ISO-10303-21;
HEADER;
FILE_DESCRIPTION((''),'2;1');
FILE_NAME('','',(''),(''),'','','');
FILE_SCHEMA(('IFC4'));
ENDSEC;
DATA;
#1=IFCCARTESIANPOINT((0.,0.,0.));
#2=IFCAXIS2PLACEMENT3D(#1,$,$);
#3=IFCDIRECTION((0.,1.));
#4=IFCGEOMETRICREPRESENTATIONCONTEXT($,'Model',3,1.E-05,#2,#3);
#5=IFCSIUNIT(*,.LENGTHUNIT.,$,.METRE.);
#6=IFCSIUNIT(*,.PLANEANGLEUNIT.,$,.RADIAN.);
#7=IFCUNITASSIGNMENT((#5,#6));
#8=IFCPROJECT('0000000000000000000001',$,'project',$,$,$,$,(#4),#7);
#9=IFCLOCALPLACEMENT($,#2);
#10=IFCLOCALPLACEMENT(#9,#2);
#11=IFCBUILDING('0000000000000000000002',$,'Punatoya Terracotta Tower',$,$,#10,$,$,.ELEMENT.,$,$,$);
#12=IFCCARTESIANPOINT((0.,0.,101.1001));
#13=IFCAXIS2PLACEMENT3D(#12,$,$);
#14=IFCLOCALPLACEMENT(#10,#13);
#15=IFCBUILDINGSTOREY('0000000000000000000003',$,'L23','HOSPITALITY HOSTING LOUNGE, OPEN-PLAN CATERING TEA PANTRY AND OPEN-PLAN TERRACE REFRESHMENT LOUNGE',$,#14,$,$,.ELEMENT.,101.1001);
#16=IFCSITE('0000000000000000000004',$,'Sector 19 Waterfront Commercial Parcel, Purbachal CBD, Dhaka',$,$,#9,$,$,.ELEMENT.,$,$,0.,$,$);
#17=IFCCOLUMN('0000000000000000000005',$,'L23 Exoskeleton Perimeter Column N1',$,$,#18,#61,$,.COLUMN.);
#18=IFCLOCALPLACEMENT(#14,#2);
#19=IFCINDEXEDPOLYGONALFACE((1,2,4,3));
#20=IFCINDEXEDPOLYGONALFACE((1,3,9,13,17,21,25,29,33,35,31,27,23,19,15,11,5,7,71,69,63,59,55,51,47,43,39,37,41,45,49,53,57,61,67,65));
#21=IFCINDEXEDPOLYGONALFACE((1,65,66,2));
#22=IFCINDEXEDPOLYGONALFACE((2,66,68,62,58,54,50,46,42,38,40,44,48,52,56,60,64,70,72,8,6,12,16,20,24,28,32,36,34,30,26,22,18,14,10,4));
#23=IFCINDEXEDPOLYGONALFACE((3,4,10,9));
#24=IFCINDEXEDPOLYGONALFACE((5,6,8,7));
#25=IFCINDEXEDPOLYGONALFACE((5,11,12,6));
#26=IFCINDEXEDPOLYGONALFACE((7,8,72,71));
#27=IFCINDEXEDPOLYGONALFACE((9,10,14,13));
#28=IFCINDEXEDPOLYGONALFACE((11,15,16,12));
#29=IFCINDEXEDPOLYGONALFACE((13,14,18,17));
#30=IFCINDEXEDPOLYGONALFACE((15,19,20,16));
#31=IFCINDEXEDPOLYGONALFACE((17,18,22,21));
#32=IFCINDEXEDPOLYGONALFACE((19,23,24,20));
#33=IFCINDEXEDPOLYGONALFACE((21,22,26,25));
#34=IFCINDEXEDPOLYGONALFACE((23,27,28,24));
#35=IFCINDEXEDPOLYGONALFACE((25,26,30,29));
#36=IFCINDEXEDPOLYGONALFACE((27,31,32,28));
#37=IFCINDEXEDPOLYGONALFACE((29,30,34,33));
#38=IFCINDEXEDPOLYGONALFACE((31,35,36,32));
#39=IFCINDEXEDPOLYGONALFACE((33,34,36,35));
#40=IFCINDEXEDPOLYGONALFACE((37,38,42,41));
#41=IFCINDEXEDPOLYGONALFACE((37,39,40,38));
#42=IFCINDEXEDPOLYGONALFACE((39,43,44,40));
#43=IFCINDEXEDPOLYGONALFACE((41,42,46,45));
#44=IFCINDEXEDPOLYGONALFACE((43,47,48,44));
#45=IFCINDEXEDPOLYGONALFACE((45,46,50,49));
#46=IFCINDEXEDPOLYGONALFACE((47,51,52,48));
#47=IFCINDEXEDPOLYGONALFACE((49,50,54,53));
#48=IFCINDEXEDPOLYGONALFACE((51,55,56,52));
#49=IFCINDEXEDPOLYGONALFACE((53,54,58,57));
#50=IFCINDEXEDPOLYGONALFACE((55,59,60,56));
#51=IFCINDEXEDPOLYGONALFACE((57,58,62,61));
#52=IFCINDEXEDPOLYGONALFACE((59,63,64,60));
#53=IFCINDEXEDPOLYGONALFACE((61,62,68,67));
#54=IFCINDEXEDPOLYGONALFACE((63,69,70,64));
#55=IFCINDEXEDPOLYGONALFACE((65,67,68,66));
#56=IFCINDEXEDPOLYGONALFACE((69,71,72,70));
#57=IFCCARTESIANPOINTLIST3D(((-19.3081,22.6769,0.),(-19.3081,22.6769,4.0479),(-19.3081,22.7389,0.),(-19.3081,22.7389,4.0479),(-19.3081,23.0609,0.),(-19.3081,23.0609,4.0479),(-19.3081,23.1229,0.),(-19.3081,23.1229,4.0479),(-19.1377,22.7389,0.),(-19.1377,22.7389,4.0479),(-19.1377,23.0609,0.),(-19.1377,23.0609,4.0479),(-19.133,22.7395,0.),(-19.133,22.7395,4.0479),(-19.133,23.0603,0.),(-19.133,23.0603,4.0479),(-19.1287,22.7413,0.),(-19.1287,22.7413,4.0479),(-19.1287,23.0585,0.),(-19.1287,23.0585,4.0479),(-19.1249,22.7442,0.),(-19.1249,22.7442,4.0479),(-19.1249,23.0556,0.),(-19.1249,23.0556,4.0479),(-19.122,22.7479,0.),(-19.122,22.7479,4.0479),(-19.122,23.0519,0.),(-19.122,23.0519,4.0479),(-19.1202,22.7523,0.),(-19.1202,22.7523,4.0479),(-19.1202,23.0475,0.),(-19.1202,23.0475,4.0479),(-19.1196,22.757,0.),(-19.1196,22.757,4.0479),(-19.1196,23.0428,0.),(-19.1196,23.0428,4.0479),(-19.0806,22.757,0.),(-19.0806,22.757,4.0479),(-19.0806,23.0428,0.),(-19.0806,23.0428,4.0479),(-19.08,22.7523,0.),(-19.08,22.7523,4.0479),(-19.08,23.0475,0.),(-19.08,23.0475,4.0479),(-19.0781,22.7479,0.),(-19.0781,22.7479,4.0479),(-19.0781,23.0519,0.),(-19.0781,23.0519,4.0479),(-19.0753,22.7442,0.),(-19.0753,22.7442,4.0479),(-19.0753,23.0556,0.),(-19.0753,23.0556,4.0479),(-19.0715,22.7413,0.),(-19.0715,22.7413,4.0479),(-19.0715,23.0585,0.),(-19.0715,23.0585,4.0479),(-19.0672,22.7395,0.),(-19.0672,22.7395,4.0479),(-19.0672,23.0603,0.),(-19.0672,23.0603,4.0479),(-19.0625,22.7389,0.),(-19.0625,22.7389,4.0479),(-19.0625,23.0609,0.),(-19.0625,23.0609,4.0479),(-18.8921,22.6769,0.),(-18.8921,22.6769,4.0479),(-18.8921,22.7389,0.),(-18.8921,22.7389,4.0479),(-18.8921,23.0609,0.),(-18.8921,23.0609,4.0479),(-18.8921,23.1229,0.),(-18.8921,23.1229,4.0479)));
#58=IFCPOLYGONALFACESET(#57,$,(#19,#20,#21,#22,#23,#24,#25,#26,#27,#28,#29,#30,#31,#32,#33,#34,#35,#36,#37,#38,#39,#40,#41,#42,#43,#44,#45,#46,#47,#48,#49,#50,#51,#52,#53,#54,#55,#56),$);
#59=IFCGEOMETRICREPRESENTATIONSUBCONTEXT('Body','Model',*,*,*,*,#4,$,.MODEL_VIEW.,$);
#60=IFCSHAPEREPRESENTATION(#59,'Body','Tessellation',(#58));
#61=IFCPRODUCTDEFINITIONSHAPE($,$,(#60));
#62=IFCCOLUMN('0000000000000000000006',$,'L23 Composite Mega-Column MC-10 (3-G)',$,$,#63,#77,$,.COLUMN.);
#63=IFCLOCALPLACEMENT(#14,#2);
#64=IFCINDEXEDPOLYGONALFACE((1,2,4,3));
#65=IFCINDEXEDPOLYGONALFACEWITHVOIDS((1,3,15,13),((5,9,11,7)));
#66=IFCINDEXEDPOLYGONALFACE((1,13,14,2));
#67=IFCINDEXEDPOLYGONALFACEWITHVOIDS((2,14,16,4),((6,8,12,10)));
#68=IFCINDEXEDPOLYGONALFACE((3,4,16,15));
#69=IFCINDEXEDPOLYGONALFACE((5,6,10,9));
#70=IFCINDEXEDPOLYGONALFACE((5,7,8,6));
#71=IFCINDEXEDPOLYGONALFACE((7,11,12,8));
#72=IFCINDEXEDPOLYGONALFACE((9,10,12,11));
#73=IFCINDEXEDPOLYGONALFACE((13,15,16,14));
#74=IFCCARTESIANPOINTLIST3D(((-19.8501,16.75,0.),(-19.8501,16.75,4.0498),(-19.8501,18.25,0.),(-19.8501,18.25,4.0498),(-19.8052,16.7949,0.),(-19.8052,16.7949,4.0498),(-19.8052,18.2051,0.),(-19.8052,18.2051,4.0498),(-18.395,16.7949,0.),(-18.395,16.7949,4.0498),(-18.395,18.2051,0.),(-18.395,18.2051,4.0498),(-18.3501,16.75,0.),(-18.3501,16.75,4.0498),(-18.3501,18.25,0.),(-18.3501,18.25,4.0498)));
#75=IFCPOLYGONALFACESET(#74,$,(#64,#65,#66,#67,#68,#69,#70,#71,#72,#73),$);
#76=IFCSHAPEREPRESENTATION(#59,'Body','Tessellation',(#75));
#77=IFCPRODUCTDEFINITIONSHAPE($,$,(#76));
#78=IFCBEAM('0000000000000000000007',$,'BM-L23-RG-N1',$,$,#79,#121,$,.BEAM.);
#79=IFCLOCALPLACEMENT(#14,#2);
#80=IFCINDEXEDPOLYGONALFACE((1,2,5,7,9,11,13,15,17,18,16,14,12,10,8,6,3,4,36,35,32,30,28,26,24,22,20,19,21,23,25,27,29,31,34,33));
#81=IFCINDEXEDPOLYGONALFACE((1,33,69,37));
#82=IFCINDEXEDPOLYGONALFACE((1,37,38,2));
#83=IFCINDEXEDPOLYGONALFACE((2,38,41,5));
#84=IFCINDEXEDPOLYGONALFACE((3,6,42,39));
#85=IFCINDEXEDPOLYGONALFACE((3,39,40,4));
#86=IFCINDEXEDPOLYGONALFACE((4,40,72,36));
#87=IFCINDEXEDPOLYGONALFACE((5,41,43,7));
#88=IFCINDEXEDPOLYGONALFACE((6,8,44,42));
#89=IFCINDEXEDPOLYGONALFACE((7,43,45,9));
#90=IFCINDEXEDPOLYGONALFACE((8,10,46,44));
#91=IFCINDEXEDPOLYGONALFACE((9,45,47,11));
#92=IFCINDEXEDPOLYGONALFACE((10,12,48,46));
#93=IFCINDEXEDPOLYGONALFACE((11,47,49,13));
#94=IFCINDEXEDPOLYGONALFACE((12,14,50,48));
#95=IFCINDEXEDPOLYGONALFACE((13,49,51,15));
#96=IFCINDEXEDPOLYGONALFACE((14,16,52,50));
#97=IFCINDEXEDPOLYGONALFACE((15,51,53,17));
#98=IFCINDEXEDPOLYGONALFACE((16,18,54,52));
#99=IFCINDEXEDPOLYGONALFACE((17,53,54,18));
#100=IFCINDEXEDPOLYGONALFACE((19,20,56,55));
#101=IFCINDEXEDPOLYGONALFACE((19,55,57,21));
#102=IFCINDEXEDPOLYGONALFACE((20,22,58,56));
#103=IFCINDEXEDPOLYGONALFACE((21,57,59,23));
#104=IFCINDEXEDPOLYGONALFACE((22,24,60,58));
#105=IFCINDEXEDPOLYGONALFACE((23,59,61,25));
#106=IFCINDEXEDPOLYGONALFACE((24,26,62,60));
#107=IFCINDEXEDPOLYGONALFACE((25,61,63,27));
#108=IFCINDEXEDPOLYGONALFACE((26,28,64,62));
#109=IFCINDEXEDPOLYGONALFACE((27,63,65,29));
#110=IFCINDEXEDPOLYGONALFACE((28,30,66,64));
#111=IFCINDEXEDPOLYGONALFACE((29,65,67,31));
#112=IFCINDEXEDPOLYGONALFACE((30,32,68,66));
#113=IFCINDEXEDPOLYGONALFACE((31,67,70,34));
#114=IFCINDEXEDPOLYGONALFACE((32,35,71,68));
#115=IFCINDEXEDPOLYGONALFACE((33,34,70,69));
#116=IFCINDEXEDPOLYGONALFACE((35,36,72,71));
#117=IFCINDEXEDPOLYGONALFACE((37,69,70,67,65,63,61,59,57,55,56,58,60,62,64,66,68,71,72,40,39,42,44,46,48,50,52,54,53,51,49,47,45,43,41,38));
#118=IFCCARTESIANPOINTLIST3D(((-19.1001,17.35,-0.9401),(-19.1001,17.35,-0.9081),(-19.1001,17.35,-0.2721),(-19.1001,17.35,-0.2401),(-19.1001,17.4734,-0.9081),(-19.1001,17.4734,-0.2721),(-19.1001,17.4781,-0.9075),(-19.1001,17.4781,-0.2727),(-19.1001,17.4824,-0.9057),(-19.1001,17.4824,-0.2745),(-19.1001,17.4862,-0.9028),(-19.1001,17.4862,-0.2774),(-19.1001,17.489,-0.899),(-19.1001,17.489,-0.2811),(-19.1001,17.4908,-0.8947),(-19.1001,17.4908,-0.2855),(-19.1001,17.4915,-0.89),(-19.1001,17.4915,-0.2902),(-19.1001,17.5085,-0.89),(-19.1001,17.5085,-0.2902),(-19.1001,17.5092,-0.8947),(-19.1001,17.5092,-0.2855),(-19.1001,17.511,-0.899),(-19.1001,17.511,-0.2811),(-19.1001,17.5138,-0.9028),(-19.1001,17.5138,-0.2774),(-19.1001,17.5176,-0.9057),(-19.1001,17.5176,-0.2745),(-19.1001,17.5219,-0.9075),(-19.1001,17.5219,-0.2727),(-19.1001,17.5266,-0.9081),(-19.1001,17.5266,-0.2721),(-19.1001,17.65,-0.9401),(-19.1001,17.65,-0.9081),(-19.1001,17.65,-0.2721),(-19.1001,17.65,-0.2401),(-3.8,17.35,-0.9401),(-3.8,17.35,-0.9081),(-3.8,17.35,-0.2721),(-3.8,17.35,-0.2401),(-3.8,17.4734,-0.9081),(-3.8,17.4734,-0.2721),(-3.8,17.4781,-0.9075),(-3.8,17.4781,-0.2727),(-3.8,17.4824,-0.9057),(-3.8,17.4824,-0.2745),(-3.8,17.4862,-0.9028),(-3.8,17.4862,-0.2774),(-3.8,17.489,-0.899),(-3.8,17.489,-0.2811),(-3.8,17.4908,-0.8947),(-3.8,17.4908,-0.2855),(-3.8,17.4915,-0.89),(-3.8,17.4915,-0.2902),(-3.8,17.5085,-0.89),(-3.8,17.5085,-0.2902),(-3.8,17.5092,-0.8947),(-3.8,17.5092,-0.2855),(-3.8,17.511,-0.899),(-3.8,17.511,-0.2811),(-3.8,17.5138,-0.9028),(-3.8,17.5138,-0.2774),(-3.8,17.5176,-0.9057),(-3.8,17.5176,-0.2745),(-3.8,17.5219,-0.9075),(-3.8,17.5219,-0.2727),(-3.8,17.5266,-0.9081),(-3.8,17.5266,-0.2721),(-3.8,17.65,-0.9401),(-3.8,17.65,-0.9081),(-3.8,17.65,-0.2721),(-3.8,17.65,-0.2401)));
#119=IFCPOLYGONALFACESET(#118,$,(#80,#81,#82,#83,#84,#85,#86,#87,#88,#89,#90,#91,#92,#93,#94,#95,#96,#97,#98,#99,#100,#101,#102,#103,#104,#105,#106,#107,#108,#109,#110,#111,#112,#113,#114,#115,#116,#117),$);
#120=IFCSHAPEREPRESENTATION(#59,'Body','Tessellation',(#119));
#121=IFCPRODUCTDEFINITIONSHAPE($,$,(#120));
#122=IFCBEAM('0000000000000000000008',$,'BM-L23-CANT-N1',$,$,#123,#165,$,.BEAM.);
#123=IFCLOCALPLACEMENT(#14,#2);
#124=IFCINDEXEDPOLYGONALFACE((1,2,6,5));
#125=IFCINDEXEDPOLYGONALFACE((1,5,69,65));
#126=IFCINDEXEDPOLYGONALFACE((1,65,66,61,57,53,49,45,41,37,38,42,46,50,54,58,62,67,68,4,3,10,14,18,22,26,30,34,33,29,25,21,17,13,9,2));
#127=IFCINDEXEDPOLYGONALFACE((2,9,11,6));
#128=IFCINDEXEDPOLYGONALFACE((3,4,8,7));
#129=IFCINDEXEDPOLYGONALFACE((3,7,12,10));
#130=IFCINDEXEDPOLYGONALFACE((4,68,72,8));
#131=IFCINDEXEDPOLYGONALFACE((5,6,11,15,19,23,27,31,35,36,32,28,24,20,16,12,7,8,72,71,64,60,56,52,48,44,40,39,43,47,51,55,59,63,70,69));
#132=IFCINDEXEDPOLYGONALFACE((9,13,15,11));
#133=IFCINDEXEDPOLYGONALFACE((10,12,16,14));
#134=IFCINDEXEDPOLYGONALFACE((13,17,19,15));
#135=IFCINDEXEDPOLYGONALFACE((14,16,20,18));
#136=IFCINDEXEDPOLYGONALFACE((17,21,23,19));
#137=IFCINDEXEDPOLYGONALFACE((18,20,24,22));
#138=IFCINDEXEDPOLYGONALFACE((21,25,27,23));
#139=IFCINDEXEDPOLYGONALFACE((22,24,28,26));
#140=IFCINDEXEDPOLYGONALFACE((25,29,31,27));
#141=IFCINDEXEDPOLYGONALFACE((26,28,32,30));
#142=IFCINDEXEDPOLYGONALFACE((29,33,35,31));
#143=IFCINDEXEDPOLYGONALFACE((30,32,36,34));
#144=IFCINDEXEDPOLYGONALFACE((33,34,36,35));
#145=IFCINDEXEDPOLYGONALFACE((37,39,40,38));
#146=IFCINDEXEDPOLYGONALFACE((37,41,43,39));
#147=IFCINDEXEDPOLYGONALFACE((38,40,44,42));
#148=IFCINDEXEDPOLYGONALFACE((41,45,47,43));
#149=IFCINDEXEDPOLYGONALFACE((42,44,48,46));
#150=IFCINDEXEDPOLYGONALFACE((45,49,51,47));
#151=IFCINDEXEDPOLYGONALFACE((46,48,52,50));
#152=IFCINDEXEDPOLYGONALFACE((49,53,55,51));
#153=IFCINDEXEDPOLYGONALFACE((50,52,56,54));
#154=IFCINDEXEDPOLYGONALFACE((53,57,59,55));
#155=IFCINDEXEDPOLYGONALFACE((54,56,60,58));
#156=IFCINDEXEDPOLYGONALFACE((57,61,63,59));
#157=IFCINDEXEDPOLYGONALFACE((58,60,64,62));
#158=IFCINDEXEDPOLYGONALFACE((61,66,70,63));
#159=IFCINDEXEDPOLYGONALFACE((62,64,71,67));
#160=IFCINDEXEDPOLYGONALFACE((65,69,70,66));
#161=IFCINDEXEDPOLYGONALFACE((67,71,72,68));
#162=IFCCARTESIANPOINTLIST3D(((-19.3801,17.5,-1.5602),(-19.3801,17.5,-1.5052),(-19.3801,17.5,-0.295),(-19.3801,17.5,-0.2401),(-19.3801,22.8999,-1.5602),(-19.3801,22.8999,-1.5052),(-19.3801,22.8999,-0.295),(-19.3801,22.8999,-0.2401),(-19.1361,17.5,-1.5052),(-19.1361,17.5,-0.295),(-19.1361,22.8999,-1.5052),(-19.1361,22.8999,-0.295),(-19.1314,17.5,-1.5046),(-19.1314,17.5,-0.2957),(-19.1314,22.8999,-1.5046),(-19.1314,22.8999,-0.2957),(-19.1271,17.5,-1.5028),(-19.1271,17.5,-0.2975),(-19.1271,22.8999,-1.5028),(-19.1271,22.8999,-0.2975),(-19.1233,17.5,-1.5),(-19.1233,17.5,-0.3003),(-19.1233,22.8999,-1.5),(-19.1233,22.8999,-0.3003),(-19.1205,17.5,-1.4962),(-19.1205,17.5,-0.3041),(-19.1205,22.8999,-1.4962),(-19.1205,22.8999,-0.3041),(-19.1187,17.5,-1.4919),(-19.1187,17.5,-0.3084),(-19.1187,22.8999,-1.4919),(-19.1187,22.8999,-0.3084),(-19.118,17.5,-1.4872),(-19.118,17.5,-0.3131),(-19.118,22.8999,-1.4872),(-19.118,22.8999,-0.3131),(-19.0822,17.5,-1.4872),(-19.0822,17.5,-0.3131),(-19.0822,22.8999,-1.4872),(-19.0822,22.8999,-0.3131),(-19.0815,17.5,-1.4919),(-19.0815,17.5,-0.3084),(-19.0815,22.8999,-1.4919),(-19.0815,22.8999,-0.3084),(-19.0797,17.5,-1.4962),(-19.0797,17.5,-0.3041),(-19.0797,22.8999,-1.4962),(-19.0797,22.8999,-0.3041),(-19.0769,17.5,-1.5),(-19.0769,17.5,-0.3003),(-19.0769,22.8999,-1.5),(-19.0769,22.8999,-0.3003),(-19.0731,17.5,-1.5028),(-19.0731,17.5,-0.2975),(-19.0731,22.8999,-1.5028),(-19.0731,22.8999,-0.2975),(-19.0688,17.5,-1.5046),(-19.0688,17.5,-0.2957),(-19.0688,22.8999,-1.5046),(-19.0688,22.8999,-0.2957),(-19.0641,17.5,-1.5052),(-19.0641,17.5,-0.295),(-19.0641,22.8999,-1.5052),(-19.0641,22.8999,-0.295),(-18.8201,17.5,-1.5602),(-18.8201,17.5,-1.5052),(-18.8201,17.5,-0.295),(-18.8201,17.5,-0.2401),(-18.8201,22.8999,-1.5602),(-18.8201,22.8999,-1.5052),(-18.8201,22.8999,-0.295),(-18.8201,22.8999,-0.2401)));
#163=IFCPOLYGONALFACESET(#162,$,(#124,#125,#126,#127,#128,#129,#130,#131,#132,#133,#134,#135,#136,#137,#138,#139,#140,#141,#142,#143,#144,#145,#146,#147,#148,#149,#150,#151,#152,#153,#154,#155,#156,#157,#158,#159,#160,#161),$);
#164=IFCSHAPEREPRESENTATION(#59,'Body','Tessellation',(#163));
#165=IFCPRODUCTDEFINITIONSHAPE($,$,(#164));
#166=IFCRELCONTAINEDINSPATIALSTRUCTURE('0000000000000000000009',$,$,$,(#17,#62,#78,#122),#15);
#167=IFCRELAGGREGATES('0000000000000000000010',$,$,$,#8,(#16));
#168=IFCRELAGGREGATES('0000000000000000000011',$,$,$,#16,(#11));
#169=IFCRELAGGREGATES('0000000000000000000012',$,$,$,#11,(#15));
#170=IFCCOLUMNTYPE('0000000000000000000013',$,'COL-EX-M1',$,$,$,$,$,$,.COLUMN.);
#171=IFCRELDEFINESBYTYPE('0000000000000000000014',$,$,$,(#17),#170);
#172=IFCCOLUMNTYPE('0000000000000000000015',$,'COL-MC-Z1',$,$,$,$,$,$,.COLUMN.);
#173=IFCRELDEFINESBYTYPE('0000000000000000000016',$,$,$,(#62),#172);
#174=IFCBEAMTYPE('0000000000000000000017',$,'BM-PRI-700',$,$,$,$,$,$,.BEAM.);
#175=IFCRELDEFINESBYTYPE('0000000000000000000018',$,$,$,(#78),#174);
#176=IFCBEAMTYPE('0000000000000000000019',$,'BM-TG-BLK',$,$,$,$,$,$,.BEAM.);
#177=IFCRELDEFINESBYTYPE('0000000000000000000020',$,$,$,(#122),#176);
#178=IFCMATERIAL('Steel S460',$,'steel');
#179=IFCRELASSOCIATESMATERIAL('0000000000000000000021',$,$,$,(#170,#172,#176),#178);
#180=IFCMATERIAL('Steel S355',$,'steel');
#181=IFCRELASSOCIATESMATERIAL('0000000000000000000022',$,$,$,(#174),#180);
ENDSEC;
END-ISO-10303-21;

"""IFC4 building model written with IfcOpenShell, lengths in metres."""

from ifc_helpers import new_model, si_unit, direction, frame, origin, origin_2d, place, context, subcontext, project, spatial, hollow_rectangle, i_section, extrude, material, material_profile, profile_set, type_object, element, save


model = new_model("IFC4")

# Units and contexts
model_context = context("Model", 3, precision=1e-05, world=origin(), true_north=direction((0.0, 1.0)))
body_context = subcontext(model_context, "Body", "Model", "MODEL_VIEW")
ifc_project = project(units=[si_unit("LENGTHUNIT", "METRE"), si_unit("PLANEANGLEUNIT", "RADIAN")], contexts=[model_context])

# Site, building, storey
site_placement = place(None, origin())
site = spatial("IfcSite", under=ifc_project, at=site_placement, Name="Sector 19 Waterfront Commercial Parcel, Purbachal CBD, Dhaka", CompositionType="ELEMENT", RefElevation=0.0)
building_placement = place(site_placement, origin())
building = spatial("IfcBuilding", under=site, at=building_placement, Name="Punatoya Terracotta Tower", CompositionType="ELEMENT")
storey_placement = place(building_placement, frame((0.0, 0.0, 101.1001)))
storey = spatial("IfcBuildingStorey", under=building, at=storey_placement, Name="L23", Description="HOSPITALITY HOSTING LOUNGE, OPEN-PLAN CATERING TEA PANTRY AND OPEN-PLAN TERRACE REFRESHMENT LOUNGE", CompositionType="ELEMENT", Elevation=101.1001)

# Columns
ifc_material_1 = material(Name="Steel S460", Category="steel")
ifc_material_profile_1 = material_profile(ifc_material_1, i_section(OverallWidth=0.416, OverallDepth=0.446, WebThickness=0.0391, FlangeThickness=0.062, FilletRadius=0.0181, at=origin_2d()))
ifc_profile_set_1 = profile_set([ifc_material_profile_1], Name="Steel S460")
column_type_1 = type_object("IfcColumnType", Name="COL-EX-M1", PredefinedType="COLUMN", material=ifc_profile_set_1)
column_1_placement = place(storey_placement, frame((-19.1001, 22.8999, 0.0), z_axis=(0.0, 0.0, 1.0), x_axis=(1.0, 0.0, 0.0)))
element("IfcColumn", 1, at=column_1_placement, inside=storey, type_object=column_type_1, Name="L23 Exoskeleton Perimeter Column N1", PredefinedType="COLUMN", context=body_context, shape_type="SweptSolid", body=[
    extrude(i_section(OverallWidth=0.416, OverallDepth=0.446, WebThickness=0.0391, FlangeThickness=0.062, FilletRadius=0.0181, at=origin_2d()), origin(), (0.0, 0.0, 1.0), 4.0479),
])
ifc_material_profile_2 = material_profile(ifc_material_1, hollow_rectangle(XDim=1.5, YDim=1.5, WallThickness=0.0449, at=origin_2d()))
ifc_profile_set_2 = profile_set([ifc_material_profile_2], Name="Steel S460")
column_type_2 = type_object("IfcColumnType", Name="COL-MC-Z1", PredefinedType="COLUMN", material=ifc_profile_set_2)
column_2_placement = place(storey_placement, frame((-19.1001, 17.5, 0.0), z_axis=(0.0, 0.0, 1.0), x_axis=(1.0, 0.0, 0.0)))
element("IfcColumn", 2, at=column_2_placement, inside=storey, type_object=column_type_2, Name="L23 Composite Mega-Column MC-10 (3-G)", PredefinedType="COLUMN", context=body_context, shape_type="SweptSolid", body=[
    extrude(hollow_rectangle(XDim=1.5, YDim=1.5, WallThickness=0.0449, at=origin_2d()), origin(), (0.0, 0.0, 1.0), 4.0498),
])

# Beams
ifc_material_2 = material(Name="Steel S355", Category="steel")
ifc_material_profile_3 = material_profile(ifc_material_2, i_section(OverallWidth=0.3, OverallDepth=0.7, WebThickness=0.0171, FlangeThickness=0.032, FilletRadius=0.0181, at=origin_2d()))
ifc_profile_set_3 = profile_set([ifc_material_profile_3], Name="Steel S355")
beam_type_1 = type_object("IfcBeamType", Name="BM-PRI-700", PredefinedType="BEAM", material=ifc_profile_set_3)
beam_1_placement = place(storey_placement, frame((-19.1001, 17.5, -0.5901), z_axis=(1.0, 0.0, 0.0), x_axis=(0.0, 1.0, 0.0)))
element("IfcBeam", 3, at=beam_1_placement, inside=storey, type_object=beam_type_1, Name="BM-L23-RG-N1", PredefinedType="BEAM", context=body_context, shape_type="SweptSolid", body=[
    extrude(i_section(OverallWidth=0.3, OverallDepth=0.7, WebThickness=0.0171, FlangeThickness=0.032, FilletRadius=0.0181, at=origin_2d()), origin(), (0.0, 0.0, 1.0), 15.3),
])
ifc_material_profile_4 = material_profile(ifc_material_1, i_section(OverallWidth=0.5601, OverallDepth=1.3201, WebThickness=0.0359, FlangeThickness=0.0549, FilletRadius=0.0181, at=origin_2d()))
ifc_profile_set_4 = profile_set([ifc_material_profile_4], Name="Steel S460")
beam_type_2 = type_object("IfcBeamType", Name="BM-TG-BLK", PredefinedType="BEAM", material=ifc_profile_set_4)
beam_2_placement = place(storey_placement, frame((-19.1001, 17.5, -0.9001), z_axis=(0.0, 1.0, 0.0), x_axis=(-1.0, 0.0, 0.0)))
element("IfcBeam", 4, at=beam_2_placement, inside=storey, type_object=beam_type_2, Name="BM-L23-CANT-N1", PredefinedType="BEAM", context=body_context, shape_type="SweptSolid", body=[
    extrude(i_section(OverallWidth=0.5601, OverallDepth=1.3201, WebThickness=0.0359, FlangeThickness=0.0549, FilletRadius=0.0181, at=origin_2d()), origin(), (0.0, 0.0, 1.0), 5.3999),
])

save(model, "model.ifc")
